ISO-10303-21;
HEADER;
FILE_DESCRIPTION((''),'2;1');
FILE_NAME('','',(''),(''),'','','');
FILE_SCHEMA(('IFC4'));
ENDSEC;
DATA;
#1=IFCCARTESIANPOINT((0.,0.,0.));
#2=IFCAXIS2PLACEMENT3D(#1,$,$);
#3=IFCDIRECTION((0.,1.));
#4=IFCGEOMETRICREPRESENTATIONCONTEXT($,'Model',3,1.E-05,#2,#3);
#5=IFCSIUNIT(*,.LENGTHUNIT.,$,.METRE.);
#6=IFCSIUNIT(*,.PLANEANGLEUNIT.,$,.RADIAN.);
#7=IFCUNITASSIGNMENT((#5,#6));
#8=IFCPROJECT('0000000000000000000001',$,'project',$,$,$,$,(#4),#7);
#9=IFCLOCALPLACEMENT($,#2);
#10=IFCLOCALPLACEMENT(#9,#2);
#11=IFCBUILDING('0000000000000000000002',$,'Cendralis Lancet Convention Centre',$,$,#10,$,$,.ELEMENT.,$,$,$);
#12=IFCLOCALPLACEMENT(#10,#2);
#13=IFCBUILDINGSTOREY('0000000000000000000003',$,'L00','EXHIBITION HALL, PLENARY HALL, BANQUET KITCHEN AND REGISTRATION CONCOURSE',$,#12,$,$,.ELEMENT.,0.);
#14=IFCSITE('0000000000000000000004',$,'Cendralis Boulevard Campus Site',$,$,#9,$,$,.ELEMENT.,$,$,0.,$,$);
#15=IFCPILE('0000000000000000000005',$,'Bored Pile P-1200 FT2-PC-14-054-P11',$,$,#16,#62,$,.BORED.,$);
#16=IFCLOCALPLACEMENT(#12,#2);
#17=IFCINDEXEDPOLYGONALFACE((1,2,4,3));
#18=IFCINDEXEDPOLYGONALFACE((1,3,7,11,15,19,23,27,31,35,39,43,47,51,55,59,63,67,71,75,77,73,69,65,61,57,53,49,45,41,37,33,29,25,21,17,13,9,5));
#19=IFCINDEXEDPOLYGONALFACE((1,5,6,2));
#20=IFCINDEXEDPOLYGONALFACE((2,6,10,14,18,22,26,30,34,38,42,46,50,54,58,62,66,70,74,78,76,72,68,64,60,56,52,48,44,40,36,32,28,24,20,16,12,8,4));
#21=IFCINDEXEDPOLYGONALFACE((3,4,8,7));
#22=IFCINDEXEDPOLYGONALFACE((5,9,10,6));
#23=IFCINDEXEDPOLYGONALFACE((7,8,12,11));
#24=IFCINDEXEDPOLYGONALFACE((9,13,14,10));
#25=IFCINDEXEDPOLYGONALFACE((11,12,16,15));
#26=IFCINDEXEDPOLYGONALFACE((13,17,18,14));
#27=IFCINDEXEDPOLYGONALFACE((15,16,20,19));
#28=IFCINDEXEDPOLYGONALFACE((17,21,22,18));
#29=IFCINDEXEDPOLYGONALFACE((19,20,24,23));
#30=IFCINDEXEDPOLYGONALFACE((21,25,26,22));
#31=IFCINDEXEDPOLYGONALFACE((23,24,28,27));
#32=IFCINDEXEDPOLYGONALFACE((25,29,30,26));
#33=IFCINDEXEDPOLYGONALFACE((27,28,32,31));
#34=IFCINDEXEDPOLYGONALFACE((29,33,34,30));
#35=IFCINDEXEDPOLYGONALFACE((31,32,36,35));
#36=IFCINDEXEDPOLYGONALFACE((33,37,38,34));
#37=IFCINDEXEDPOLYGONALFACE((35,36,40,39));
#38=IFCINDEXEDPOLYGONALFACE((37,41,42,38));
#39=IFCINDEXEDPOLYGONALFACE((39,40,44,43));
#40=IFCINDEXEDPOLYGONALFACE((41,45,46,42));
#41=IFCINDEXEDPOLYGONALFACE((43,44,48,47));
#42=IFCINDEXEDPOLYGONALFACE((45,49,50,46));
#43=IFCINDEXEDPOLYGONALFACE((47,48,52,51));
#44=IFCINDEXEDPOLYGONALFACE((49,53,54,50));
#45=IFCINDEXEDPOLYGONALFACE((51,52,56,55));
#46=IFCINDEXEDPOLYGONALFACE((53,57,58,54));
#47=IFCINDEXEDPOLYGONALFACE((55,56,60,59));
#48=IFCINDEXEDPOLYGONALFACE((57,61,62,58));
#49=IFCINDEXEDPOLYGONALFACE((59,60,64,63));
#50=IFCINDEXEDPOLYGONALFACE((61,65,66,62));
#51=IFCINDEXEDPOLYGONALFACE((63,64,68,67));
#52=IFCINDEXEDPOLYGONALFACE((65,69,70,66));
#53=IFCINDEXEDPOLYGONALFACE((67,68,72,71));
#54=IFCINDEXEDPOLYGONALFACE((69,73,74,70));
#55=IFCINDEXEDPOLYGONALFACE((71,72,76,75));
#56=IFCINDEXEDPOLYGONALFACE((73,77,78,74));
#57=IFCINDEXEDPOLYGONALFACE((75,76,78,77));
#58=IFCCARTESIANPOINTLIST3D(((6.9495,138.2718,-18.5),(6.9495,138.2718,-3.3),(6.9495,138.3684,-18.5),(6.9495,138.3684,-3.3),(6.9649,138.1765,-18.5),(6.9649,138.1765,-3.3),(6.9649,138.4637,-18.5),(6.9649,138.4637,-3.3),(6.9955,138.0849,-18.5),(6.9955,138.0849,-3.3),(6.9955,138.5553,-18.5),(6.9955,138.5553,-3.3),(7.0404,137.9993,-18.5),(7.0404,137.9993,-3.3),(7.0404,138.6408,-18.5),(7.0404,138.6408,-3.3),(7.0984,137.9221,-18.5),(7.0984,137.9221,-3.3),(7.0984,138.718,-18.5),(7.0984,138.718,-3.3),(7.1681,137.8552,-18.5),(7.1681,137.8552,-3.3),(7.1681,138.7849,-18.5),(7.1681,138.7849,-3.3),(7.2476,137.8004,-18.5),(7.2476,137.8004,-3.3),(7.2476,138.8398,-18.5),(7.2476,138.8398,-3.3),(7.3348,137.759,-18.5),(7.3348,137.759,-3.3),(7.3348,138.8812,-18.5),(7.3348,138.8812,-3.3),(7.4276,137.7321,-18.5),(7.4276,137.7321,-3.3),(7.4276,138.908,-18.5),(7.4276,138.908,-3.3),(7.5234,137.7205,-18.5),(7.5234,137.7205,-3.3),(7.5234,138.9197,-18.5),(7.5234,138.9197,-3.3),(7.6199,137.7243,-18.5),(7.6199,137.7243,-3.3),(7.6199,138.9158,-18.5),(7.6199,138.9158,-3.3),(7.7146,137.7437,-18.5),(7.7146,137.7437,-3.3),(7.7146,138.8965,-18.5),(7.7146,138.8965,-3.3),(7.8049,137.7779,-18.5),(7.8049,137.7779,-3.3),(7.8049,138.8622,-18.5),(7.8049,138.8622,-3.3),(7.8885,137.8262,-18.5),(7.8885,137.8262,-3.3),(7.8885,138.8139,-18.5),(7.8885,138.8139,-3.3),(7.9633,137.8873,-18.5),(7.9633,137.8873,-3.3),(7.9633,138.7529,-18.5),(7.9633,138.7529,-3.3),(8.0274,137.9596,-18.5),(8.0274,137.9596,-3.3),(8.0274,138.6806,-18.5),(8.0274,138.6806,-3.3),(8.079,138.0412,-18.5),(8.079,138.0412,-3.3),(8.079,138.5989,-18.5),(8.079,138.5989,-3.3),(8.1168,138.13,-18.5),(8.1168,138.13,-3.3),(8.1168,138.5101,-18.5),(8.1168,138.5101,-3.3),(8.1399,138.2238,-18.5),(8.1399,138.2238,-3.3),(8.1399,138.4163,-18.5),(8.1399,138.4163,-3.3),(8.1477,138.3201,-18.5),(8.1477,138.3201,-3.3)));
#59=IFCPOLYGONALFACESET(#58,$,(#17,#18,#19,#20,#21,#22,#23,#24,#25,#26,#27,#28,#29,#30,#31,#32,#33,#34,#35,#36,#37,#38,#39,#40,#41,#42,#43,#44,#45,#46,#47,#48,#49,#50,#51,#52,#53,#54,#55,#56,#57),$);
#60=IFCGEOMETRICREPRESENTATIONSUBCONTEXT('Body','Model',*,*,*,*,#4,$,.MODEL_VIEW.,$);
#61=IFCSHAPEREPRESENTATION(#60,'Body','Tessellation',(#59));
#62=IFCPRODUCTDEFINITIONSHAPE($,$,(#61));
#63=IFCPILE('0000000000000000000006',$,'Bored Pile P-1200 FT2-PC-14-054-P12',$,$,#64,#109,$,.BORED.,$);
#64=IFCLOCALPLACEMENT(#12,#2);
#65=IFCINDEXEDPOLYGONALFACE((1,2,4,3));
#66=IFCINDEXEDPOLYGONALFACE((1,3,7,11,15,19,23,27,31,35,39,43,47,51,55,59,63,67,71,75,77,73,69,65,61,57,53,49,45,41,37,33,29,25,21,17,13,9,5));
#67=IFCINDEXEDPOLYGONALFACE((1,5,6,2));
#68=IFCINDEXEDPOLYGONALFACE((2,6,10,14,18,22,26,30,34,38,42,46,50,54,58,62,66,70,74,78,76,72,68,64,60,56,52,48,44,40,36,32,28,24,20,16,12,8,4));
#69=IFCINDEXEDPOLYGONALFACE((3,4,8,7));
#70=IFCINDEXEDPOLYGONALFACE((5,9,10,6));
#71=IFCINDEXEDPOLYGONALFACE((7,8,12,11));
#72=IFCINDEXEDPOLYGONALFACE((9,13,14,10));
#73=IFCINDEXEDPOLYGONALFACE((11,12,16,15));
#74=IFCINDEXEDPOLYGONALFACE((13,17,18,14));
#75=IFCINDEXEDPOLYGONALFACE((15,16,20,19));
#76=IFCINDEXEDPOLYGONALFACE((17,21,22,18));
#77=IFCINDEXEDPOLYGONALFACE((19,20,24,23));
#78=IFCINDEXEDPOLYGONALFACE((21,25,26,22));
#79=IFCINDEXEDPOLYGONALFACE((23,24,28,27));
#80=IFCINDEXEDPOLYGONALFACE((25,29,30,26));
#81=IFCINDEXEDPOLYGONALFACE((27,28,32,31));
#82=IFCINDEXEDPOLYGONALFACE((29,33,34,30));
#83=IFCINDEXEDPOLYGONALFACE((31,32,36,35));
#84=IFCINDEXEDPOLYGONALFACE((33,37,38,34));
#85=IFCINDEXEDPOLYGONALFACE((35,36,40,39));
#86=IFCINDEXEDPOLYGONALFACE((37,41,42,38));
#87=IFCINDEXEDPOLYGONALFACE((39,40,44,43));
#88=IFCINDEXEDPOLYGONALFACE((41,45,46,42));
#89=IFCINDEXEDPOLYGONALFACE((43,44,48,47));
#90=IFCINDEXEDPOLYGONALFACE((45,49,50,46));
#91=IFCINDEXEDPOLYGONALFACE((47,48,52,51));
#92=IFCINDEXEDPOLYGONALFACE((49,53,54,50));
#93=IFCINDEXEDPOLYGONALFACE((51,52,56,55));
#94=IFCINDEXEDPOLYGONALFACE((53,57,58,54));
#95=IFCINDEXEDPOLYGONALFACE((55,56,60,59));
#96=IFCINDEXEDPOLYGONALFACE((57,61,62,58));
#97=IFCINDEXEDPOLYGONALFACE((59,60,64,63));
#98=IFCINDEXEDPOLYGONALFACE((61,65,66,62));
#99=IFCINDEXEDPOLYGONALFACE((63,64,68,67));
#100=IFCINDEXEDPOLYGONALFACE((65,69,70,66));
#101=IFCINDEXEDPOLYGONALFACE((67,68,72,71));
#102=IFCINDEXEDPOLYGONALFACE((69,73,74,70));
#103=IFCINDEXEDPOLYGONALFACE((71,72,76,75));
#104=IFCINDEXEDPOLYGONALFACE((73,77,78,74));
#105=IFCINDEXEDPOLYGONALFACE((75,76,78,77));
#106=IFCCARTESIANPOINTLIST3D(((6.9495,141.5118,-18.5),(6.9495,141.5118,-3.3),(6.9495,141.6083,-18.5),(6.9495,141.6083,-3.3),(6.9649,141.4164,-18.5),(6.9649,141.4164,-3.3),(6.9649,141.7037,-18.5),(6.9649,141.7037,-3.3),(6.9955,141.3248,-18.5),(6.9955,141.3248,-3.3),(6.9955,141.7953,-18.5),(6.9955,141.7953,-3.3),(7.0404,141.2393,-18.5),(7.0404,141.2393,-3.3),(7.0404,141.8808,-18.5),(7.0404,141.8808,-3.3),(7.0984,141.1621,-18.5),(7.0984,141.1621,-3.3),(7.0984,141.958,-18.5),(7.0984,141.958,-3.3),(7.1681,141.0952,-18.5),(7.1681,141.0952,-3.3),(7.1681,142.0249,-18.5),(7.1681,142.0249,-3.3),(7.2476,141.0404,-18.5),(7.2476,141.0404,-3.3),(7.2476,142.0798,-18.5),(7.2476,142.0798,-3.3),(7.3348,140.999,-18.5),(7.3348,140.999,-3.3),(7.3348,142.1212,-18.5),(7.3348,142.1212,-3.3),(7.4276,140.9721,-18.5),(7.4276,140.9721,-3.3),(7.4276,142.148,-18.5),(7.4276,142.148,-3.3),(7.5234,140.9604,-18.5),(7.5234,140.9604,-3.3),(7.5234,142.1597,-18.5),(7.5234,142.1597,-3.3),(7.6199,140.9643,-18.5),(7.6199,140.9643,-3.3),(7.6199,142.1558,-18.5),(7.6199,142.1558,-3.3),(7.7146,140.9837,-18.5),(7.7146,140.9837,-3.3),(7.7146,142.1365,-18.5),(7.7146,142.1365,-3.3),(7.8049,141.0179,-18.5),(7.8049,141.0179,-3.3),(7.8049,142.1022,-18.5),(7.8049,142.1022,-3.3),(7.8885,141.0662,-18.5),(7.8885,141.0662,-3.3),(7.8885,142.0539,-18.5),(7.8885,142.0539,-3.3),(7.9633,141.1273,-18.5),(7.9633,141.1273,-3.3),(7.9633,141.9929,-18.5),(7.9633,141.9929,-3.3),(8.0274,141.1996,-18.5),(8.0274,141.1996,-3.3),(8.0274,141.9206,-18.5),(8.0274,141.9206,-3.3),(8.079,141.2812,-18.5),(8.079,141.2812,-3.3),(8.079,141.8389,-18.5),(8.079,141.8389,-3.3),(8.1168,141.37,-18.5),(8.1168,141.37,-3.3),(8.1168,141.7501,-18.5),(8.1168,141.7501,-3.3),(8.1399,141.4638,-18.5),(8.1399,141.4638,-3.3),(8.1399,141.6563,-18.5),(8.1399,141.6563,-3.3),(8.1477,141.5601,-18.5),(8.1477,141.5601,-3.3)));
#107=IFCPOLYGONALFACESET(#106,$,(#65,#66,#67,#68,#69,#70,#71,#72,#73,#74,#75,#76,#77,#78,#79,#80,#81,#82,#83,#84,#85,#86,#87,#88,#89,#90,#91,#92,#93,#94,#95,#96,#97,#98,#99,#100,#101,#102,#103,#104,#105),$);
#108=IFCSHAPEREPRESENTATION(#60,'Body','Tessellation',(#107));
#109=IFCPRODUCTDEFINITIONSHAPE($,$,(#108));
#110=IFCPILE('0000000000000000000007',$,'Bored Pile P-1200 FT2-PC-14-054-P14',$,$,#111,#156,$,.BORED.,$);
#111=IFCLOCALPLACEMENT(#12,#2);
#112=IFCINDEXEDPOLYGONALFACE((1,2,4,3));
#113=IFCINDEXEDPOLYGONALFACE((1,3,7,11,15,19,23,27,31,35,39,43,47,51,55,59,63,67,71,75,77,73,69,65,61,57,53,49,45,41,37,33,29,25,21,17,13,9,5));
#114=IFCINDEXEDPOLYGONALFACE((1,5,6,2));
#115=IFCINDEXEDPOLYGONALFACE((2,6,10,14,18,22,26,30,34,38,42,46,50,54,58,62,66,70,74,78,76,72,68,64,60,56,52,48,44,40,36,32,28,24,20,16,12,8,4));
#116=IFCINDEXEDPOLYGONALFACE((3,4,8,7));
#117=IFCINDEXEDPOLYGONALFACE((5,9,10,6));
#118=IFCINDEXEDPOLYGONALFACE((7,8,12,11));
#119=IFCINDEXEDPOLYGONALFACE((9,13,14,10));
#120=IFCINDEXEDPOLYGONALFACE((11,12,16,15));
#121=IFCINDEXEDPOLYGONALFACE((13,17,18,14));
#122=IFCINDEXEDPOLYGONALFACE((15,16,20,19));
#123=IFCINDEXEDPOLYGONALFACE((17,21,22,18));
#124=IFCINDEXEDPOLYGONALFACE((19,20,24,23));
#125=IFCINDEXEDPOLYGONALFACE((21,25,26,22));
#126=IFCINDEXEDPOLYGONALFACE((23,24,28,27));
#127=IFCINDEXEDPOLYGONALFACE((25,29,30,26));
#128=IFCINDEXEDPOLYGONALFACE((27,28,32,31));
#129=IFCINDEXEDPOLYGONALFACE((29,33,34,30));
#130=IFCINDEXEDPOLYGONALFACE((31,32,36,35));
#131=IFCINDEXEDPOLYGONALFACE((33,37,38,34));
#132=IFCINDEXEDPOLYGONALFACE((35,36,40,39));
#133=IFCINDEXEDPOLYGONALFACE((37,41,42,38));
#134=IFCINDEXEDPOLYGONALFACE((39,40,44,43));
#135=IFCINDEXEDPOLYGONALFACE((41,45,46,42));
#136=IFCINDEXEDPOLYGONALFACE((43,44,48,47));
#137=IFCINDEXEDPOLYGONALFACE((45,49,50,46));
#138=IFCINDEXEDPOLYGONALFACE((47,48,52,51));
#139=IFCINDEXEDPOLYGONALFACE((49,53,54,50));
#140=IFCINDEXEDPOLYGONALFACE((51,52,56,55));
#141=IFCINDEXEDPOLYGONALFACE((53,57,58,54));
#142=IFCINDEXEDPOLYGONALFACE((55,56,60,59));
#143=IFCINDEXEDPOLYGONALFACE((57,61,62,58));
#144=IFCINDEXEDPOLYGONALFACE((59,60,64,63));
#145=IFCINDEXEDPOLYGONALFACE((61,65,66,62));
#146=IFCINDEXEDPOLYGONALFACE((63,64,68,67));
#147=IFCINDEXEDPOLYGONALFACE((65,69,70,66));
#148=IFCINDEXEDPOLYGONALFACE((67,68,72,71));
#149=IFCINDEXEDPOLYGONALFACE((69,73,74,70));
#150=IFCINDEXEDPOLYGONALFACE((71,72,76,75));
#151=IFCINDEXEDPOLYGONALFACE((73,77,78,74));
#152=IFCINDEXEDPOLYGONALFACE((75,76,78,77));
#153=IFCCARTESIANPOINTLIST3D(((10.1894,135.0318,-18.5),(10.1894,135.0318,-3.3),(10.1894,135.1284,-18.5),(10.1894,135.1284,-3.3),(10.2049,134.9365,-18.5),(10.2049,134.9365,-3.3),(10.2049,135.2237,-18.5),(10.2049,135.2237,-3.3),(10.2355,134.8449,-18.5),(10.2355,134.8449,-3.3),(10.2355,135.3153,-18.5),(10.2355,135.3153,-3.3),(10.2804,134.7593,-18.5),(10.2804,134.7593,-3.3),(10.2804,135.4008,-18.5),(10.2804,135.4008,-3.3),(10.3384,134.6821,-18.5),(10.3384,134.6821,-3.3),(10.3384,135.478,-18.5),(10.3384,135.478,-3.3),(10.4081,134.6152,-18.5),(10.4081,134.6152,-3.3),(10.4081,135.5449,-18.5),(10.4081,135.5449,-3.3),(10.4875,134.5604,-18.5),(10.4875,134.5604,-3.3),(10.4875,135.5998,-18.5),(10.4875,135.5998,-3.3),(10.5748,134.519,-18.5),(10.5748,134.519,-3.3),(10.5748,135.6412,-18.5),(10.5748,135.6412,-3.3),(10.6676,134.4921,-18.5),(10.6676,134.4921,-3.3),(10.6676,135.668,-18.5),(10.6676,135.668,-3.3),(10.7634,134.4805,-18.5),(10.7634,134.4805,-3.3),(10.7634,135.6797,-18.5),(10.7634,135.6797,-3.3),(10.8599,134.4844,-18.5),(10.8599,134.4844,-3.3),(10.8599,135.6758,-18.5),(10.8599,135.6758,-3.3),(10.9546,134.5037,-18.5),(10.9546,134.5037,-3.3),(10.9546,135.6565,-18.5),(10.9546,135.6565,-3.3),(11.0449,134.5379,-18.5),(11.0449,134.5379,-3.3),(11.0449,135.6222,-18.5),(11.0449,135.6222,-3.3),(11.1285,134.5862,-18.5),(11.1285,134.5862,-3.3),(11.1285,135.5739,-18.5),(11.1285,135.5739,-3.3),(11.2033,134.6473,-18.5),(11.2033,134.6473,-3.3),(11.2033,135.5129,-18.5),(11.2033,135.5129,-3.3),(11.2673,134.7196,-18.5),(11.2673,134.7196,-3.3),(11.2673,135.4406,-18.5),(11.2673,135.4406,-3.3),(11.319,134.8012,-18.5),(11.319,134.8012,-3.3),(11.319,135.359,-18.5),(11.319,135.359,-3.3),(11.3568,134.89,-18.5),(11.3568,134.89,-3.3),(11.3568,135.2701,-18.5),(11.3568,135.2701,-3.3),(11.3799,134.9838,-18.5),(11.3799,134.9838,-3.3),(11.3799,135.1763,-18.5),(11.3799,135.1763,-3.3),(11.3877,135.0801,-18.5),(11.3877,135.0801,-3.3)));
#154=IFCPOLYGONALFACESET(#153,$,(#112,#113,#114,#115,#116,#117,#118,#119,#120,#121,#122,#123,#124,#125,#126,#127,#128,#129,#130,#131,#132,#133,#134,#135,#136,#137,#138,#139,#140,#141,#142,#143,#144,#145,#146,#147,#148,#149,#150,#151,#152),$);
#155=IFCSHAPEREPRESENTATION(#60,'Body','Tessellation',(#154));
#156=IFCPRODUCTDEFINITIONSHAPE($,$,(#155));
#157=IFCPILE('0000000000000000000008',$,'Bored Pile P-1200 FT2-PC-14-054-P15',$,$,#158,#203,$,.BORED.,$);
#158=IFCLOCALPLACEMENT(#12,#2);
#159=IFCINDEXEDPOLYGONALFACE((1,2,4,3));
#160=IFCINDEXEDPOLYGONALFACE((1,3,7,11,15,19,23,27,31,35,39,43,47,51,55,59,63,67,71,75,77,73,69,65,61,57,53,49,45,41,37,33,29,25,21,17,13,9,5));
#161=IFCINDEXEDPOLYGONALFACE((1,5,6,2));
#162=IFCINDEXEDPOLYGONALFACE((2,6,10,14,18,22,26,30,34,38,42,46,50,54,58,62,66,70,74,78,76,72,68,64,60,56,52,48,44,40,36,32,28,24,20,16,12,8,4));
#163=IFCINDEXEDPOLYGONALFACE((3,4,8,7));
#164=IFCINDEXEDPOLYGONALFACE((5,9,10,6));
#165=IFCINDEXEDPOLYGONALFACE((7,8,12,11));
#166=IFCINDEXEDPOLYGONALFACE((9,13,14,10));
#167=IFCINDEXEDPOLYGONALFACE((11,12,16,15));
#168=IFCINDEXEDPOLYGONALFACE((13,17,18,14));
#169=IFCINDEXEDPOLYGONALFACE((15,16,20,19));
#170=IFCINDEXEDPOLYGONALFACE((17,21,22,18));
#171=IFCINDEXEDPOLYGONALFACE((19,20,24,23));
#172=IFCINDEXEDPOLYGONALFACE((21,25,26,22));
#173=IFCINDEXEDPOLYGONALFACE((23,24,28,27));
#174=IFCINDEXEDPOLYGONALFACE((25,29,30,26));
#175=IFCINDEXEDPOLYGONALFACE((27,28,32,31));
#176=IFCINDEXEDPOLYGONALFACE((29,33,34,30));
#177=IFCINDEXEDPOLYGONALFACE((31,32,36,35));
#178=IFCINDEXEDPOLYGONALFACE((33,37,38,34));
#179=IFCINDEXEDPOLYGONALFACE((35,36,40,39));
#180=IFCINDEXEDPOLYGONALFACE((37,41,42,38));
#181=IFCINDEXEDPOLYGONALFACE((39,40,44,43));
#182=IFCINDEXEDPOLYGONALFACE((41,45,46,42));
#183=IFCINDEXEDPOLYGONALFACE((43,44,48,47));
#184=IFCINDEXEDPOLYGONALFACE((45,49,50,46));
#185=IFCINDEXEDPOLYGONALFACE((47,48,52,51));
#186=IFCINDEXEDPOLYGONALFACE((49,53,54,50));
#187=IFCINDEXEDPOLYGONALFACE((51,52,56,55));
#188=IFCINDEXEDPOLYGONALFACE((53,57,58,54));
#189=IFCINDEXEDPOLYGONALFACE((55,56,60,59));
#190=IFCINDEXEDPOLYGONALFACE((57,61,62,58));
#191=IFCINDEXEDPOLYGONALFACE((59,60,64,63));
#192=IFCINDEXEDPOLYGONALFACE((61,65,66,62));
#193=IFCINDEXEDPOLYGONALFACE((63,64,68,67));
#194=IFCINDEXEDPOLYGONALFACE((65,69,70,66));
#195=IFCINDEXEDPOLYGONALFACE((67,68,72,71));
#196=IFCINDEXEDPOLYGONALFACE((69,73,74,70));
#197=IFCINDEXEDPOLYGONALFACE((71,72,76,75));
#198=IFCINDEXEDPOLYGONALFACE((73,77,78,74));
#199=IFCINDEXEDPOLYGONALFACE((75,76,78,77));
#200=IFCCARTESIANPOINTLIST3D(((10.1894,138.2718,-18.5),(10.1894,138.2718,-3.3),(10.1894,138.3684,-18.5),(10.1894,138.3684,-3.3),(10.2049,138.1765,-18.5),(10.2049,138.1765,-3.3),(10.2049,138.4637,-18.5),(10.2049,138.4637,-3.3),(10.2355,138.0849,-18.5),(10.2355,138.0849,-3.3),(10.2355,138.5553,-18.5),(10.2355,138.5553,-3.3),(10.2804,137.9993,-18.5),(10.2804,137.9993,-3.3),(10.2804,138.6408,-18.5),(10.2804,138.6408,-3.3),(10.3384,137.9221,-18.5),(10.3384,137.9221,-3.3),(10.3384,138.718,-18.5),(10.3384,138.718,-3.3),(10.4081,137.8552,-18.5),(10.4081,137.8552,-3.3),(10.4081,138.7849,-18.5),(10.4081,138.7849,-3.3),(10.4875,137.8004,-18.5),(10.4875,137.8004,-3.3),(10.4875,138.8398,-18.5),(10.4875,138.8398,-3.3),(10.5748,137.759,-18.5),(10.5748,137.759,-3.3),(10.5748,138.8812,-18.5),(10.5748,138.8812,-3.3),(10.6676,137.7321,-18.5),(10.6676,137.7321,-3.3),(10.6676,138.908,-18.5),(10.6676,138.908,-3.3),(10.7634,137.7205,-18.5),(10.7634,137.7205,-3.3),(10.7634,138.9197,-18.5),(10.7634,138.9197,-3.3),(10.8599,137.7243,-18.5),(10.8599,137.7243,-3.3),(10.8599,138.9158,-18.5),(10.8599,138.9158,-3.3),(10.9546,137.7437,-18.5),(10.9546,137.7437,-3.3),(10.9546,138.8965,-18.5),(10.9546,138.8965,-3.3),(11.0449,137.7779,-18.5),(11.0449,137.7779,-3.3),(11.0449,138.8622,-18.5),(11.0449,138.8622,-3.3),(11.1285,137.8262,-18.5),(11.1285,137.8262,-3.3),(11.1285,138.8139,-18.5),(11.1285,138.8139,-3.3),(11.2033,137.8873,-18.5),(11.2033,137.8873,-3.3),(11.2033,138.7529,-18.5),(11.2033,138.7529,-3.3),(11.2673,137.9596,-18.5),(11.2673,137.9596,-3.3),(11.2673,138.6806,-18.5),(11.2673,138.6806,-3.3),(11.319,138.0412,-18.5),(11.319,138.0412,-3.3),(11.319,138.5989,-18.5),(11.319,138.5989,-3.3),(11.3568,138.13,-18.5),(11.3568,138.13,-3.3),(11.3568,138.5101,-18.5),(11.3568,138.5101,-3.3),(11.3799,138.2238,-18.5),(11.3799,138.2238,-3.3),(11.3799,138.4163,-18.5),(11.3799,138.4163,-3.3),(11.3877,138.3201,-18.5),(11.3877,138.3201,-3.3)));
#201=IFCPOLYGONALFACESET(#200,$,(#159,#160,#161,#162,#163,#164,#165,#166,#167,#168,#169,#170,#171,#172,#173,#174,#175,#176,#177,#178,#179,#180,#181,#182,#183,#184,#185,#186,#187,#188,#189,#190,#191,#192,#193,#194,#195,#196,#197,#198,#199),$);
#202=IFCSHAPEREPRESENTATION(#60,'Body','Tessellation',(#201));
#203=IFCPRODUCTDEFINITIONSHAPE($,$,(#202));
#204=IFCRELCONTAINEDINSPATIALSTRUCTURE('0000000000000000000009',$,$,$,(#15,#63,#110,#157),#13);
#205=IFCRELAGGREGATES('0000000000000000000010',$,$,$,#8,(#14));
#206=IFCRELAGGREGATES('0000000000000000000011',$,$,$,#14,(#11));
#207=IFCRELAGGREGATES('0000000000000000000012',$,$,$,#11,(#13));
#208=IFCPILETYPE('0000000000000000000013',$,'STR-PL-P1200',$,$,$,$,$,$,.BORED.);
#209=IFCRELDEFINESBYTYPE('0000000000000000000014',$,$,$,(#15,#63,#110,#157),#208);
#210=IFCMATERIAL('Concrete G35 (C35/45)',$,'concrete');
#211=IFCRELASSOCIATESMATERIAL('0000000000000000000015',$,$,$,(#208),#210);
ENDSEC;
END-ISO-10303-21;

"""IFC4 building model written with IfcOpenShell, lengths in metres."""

from ifc_helpers import new_model, si_unit, direction, frame, origin, origin_2d, place, context, subcontext, project, spatial, circle, extrude, material, material_profile, profile_set, type_object, element, save


model = new_model("IFC4")

# Units and contexts
model_context = context("Model", 3, precision=1e-05, world=origin(), true_north=direction((0.0, 1.0)))
body_context = subcontext(model_context, "Body", "Model", "MODEL_VIEW")
ifc_project = project(units=[si_unit("LENGTHUNIT", "METRE"), si_unit("PLANEANGLEUNIT", "RADIAN")], contexts=[model_context])

# Site, building, storey
site_placement = place(None, origin())
site = spatial("IfcSite", under=ifc_project, at=site_placement, Name="Cendralis Boulevard Campus Site", CompositionType="ELEMENT", RefElevation=0.0)
building_placement = place(site_placement, origin())
building = spatial("IfcBuilding", under=site, at=building_placement, Name="Cendralis Lancet Convention Centre", CompositionType="ELEMENT")
storey_placement = place(building_placement, origin())
storey = spatial("IfcBuildingStorey", under=building, at=storey_placement, Name="L00", Description="EXHIBITION HALL, PLENARY HALL, BANQUET KITCHEN AND REGISTRATION CONCOURSE", CompositionType="ELEMENT", Elevation=0.0)

# Shared definitions
ifc_material_1 = material(Name="Concrete G35 (C35/45)", Category="concrete")

# Piles
ifc_material_profile_1 = material_profile(ifc_material_1, circle(Radius=0.6001, at=origin_2d()), Name="BORED PILE D1200")
ifc_profile_set_1 = profile_set([ifc_material_profile_1], Name="Concrete G35 (C35/45)")
pile_type = type_object("IfcPileType", Name="STR-PL-P1200", PredefinedType="BORED", material=ifc_profile_set_1)
for number, where, z_axis, x_axis, name in (
    (1, (7.5476, 138.3201, -3.3), (0.0, 0.0, -1.0), (1.0, 0.0, 0.0), "Bored Pile P-1200 FT2-PC-14-054-P11"),
    (2, (7.5476, 141.5601, -3.3), (0.0, 0.0, -1.0), (1.0, 0.0, 0.0), "Bored Pile P-1200 FT2-PC-14-054-P12"),
    (3, (10.7876, 135.0801, -3.3), (0.0, 0.0, -1.0), (1.0, 0.0, 0.0), "Bored Pile P-1200 FT2-PC-14-054-P14"),
    (4, (10.7876, 138.3201, -3.3), (0.0, 0.0, -1.0), (1.0, 0.0, 0.0), "Bored Pile P-1200 FT2-PC-14-054-P15"),
):
    element("IfcPile", number, at=place(storey_placement, frame(where, z_axis=z_axis, x_axis=x_axis)), inside=storey, type_object=pile_type, Name=name, PredefinedType="BORED", context=body_context, shape_type="SweptSolid", body=[
        extrude(circle(Radius=0.6001, at=origin_2d()), origin(), (0.0, 0.0, 1.0), 15.2),
    ])

save(model, "model.ifc")
